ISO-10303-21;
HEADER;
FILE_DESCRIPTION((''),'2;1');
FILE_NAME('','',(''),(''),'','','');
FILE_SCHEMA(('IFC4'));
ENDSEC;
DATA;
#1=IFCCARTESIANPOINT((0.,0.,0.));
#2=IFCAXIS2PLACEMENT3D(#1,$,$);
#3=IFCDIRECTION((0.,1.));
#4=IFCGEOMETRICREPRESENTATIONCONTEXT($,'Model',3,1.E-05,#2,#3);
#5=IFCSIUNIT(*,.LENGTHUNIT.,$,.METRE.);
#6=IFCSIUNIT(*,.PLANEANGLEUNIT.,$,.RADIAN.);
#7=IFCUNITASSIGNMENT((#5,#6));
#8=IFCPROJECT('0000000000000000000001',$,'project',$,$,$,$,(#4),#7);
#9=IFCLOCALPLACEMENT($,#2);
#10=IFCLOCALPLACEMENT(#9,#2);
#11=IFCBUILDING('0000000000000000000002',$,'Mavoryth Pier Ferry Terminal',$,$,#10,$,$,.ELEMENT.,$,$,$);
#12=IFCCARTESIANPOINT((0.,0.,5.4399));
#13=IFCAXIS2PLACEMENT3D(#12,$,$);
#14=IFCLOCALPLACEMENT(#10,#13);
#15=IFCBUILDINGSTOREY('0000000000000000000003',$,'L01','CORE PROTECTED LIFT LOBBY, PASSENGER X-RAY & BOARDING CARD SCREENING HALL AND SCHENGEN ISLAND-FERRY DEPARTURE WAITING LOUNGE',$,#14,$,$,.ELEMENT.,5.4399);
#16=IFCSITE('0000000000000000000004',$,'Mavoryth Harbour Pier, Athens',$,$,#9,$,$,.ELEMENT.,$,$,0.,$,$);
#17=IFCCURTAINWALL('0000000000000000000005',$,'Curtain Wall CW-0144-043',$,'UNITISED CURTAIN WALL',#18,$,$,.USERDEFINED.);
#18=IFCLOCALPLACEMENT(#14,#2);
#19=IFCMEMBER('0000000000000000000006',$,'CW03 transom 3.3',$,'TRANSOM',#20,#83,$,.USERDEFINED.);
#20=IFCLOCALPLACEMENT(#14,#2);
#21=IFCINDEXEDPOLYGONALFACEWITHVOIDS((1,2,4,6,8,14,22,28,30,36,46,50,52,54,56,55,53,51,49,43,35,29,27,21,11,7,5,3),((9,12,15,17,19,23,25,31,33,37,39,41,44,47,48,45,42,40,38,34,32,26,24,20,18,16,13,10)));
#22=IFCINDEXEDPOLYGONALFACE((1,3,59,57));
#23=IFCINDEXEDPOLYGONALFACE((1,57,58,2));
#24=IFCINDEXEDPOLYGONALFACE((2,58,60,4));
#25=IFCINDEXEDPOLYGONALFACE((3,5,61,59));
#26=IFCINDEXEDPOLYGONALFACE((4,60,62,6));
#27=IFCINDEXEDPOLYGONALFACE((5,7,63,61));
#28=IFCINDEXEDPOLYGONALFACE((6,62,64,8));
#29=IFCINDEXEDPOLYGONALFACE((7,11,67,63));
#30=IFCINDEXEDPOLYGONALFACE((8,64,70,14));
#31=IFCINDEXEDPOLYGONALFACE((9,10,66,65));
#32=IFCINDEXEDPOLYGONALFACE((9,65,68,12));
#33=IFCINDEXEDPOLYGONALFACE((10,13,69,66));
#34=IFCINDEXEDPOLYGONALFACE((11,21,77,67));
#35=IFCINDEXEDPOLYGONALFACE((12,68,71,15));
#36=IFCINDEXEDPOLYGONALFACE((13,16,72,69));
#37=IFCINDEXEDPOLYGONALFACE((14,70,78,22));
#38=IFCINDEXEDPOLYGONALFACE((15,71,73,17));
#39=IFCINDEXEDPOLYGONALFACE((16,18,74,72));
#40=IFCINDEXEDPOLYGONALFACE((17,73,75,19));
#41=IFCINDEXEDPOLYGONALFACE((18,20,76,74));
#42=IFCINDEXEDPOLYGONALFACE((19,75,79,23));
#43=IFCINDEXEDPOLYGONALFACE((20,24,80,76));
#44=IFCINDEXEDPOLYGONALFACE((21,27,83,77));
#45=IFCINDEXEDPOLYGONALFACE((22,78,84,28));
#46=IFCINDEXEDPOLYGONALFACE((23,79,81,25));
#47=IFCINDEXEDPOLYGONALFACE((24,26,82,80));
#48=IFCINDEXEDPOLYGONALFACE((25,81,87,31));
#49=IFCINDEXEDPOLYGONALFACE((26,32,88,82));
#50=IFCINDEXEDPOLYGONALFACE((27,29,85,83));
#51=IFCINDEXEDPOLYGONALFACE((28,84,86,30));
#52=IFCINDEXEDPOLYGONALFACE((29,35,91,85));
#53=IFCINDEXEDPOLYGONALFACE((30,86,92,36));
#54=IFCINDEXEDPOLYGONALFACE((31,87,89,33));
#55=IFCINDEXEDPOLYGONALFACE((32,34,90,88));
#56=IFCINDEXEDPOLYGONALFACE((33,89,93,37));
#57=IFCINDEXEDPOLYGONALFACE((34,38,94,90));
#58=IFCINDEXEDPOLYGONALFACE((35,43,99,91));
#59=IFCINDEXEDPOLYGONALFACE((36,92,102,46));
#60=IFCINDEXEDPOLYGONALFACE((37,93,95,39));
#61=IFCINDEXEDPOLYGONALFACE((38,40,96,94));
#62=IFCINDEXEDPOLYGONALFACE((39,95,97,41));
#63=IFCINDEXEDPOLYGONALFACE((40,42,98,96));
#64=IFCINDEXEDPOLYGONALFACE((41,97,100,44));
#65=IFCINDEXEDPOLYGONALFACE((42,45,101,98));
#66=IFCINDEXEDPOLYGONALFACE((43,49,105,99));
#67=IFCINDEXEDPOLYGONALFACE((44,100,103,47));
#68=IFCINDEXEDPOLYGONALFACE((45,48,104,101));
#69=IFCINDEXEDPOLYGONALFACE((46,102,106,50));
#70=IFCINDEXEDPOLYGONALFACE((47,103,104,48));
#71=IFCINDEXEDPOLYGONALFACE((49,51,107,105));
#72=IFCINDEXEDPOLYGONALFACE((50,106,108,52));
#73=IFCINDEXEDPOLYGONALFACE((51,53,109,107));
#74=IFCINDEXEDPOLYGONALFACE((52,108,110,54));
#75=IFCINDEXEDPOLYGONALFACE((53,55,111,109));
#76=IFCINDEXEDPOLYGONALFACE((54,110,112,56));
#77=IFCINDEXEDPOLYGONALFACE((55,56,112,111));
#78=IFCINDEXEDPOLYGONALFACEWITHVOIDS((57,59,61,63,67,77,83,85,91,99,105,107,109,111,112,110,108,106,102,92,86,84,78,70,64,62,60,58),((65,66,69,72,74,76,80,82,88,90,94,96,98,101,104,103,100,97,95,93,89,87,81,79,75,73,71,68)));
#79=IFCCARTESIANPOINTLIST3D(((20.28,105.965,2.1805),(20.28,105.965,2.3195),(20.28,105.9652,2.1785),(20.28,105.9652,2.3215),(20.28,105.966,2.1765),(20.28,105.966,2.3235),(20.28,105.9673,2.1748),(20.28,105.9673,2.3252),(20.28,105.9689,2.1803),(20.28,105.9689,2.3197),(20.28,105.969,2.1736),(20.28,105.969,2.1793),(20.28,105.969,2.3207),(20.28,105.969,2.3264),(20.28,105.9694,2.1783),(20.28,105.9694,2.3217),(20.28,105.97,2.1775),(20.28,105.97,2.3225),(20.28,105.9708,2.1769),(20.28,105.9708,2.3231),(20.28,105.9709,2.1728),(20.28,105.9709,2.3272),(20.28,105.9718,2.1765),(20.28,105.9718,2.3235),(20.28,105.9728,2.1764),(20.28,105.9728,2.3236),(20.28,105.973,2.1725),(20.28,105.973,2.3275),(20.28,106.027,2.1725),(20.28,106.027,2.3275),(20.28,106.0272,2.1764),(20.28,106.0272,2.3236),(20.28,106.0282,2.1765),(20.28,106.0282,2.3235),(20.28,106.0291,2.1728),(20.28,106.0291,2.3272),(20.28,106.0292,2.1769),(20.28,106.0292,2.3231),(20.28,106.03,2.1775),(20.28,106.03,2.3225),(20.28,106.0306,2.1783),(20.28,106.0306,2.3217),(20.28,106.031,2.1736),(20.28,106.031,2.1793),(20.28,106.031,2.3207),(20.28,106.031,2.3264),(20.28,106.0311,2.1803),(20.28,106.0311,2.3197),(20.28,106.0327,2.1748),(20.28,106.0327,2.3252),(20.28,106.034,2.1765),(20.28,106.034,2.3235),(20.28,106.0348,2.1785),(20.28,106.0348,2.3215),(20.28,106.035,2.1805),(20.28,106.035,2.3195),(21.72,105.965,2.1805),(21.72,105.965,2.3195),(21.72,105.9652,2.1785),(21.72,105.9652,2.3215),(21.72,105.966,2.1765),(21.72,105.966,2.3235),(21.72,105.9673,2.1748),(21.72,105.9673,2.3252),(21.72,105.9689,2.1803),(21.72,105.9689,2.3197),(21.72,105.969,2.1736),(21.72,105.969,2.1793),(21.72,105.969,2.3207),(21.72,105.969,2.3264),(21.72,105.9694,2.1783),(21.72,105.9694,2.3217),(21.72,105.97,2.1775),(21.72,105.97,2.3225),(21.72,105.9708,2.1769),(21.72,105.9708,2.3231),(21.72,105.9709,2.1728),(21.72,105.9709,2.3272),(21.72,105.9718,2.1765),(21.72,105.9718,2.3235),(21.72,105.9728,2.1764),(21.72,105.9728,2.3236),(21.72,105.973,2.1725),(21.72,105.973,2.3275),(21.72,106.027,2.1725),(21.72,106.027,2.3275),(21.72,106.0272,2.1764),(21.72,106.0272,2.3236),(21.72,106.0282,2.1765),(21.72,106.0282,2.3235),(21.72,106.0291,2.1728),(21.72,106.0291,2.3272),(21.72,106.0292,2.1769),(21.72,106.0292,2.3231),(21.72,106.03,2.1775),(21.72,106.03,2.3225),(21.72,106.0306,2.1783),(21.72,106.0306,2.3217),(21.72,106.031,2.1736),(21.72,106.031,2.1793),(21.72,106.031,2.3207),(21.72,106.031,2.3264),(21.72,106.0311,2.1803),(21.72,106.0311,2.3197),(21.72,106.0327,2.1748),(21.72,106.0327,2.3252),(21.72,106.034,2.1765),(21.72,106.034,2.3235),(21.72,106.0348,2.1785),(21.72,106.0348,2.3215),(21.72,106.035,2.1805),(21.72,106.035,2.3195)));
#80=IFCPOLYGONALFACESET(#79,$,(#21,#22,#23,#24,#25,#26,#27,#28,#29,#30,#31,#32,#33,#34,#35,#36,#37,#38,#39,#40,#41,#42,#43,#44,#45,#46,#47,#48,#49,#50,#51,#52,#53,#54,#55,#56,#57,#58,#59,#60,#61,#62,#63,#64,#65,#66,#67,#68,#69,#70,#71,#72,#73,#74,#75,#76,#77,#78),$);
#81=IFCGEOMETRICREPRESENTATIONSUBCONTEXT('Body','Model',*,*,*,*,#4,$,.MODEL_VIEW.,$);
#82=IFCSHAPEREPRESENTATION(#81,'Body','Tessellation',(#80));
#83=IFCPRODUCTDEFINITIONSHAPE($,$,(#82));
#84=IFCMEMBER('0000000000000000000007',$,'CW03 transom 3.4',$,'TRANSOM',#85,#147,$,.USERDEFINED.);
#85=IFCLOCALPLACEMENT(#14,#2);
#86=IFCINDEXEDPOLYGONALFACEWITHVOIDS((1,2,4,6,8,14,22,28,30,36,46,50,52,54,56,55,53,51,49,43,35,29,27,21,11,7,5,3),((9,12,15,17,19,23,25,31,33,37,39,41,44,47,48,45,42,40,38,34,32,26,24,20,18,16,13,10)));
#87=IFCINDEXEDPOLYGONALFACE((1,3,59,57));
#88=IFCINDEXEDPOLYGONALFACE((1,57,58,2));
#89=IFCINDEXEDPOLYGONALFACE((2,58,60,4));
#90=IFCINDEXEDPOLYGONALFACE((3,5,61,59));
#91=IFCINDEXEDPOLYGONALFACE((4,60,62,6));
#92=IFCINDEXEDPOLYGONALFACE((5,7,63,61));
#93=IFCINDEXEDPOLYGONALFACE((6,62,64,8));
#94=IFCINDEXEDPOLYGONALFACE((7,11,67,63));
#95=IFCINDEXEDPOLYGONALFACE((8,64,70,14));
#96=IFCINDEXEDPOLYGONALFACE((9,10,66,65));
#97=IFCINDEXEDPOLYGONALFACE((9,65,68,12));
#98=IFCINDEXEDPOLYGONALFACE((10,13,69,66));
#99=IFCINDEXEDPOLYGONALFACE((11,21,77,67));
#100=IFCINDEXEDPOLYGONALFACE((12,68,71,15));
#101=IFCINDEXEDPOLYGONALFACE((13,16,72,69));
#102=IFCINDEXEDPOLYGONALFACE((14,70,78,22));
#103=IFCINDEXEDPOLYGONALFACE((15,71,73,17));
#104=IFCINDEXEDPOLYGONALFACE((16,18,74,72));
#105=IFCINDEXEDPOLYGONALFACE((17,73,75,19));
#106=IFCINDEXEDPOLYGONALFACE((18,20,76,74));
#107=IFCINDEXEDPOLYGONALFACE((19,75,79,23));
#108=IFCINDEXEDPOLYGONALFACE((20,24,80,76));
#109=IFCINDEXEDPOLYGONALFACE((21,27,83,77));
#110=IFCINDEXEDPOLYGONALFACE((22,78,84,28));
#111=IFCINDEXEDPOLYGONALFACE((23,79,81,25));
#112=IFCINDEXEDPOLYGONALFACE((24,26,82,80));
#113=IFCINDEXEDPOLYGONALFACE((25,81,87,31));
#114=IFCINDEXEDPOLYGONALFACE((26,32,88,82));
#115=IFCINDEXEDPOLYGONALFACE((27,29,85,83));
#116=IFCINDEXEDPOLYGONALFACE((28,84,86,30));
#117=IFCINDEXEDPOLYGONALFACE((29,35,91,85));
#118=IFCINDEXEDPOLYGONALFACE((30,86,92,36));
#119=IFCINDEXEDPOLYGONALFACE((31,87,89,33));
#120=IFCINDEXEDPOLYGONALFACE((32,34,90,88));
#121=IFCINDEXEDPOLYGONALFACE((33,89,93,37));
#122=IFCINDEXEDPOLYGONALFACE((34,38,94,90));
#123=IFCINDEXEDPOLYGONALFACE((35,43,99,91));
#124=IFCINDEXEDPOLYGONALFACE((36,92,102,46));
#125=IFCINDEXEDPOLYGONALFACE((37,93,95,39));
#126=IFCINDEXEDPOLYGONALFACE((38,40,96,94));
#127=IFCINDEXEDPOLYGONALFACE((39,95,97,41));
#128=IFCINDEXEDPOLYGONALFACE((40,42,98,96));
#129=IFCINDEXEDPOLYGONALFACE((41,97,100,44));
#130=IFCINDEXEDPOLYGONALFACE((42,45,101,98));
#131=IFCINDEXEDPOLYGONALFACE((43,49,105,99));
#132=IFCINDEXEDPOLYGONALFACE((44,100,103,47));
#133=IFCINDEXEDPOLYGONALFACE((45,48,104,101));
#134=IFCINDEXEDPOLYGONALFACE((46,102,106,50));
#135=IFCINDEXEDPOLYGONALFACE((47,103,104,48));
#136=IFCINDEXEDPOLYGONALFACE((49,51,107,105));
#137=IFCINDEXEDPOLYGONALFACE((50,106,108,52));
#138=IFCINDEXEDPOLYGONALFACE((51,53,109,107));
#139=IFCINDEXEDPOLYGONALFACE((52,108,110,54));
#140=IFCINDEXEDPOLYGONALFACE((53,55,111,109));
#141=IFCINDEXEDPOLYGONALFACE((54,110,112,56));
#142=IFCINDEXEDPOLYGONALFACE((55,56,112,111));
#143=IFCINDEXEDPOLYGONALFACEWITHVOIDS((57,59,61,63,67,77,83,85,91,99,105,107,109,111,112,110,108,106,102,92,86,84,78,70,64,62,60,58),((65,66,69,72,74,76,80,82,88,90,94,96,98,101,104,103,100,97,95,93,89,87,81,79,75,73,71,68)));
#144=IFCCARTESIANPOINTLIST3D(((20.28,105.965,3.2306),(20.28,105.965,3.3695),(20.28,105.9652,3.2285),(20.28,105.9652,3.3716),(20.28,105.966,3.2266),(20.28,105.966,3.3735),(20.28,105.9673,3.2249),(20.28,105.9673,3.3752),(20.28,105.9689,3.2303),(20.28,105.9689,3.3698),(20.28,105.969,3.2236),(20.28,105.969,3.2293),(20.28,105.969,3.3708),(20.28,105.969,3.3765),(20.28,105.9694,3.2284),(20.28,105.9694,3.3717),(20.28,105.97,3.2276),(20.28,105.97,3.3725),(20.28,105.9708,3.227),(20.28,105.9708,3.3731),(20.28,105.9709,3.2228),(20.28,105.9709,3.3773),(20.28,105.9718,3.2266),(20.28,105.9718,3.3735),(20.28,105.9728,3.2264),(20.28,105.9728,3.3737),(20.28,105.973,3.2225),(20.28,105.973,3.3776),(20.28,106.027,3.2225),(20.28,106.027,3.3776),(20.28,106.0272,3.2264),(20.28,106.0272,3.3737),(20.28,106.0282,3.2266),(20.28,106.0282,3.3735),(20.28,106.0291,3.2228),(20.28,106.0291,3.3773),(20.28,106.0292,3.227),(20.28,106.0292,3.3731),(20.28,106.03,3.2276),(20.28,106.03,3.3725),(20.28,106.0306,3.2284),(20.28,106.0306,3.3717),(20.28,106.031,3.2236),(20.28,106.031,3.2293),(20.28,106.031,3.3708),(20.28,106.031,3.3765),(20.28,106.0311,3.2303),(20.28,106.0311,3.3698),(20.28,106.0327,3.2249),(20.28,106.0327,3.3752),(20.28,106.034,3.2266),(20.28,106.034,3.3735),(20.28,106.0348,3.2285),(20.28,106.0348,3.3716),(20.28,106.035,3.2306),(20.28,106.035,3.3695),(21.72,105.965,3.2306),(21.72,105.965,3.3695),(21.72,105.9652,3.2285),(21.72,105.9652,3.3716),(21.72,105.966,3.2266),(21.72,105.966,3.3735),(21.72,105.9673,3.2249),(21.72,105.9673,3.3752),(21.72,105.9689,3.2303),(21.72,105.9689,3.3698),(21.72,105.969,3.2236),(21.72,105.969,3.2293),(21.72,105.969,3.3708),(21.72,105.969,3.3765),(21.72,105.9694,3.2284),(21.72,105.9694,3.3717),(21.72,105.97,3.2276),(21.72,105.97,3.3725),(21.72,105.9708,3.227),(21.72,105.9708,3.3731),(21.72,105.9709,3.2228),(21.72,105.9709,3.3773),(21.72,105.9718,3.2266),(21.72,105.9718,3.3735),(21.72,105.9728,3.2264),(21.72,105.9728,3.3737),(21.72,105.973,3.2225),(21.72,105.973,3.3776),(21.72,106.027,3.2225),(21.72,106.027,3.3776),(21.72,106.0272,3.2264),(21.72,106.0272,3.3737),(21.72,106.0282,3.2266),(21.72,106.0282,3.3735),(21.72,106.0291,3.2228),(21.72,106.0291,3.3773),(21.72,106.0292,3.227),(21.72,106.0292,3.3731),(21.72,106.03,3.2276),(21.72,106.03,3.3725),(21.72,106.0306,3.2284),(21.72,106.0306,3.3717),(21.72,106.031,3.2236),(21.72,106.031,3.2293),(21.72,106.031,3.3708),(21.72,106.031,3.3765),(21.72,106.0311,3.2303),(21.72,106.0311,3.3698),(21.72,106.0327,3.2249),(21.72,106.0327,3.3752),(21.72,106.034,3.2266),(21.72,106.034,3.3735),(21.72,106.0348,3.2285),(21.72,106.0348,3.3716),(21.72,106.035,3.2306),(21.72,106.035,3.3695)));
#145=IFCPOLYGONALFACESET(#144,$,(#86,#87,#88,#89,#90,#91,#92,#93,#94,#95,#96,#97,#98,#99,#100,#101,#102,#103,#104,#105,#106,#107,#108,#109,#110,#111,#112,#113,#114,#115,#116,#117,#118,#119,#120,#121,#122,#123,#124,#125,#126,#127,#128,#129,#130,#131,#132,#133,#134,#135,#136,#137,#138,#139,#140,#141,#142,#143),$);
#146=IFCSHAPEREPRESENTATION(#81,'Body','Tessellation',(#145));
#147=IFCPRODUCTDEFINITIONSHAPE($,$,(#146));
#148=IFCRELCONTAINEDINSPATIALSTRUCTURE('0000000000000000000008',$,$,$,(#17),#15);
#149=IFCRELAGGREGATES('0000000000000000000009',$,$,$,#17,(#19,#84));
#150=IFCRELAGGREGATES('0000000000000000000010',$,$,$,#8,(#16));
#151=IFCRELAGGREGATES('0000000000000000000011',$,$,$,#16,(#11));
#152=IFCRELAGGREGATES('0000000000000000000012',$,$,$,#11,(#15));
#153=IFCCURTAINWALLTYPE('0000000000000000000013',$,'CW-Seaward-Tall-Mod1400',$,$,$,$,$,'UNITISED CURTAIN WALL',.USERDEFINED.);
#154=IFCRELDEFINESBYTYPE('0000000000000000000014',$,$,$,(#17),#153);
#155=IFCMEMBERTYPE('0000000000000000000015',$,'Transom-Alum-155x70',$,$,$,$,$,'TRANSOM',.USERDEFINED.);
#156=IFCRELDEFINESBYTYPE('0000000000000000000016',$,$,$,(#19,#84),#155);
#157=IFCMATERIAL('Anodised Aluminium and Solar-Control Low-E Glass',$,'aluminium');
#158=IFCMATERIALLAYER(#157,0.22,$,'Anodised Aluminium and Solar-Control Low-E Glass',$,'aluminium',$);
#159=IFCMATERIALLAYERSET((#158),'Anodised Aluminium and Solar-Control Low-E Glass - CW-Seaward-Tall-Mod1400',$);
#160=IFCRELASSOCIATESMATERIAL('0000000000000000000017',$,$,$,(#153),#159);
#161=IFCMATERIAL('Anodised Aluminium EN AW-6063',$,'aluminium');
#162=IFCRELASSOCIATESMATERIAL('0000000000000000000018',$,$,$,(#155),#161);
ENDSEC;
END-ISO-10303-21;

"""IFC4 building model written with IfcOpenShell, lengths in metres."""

from ifc_helpers import new_model, si_unit, direction, frame, origin, origin_2d, place, context, subcontext, project, spatial, hollow_rectangle, extrude, material, layer, layer_set, material_profile, profile_set, type_object, element, aggregate, save


model = new_model("IFC4")

# Units and contexts
model_context = context("Model", 3, precision=1e-05, world=origin(), true_north=direction((0.0, 1.0)))
body_context = subcontext(model_context, "Body", "Model", "MODEL_VIEW")
ifc_project = project(units=[si_unit("LENGTHUNIT", "METRE"), si_unit("PLANEANGLEUNIT", "RADIAN")], contexts=[model_context])

# Site, building, storey
site_placement = place(None, origin())
site = spatial("IfcSite", under=ifc_project, at=site_placement, Name="Mavoryth Harbour Pier, Athens", CompositionType="ELEMENT", RefElevation=0.0)
building_placement = place(site_placement, origin())
building = spatial("IfcBuilding", under=site, at=building_placement, Name="Mavoryth Pier Ferry Terminal", CompositionType="ELEMENT")
storey_placement = place(building_placement, frame((0.0, 0.0, 5.4399)))
storey = spatial("IfcBuildingStorey", under=building, at=storey_placement, Name="L01", Description="CORE PROTECTED LIFT LOBBY, PASSENGER X-RAY & BOARDING CARD SCREENING HALL AND SCHENGEN ISLAND-FERRY DEPARTURE WAITING LOUNGE", CompositionType="ELEMENT", Elevation=5.4399)

# Curtain wall
ifc_material_1 = material(Name="Anodised Aluminium and Solar-Control Low-E Glass", Category="aluminium")
ifc_layer_1 = layer(ifc_material_1, 0.22, Name="Anodised Aluminium and Solar-Control Low-E Glass", Category="aluminium")
ifc_layer_set_1 = layer_set([ifc_layer_1], Name="Anodised Aluminium and Solar-Control Low-E Glass - CW-Seaward-Tall-Mod1400")
curtain_wall_type = type_object("IfcCurtainWallType", Name="CW-Seaward-Tall-Mod1400", ElementType="UNITISED CURTAIN WALL", PredefinedType="USERDEFINED", material=ifc_layer_set_1)
curtain_wall_placement = place(storey_placement, origin())
curtain_wall = element("IfcCurtainWall", 1, at=curtain_wall_placement, inside=storey, type_object=curtain_wall_type, Name="Curtain Wall CW-0144-043", ObjectType="UNITISED CURTAIN WALL", PredefinedType="USERDEFINED")
ifc_material_2 = material(Name="Anodised Aluminium EN AW-6063", Category="aluminium")

# Members
ifc_material_profile_1 = material_profile(ifc_material_2, hollow_rectangle(XDim=0.0701, YDim=0.155, WallThickness=0.0039, InnerFilletRadius=0.0039, OuterFilletRadius=0.0081, at=origin_2d()), Name="AL-TRAN 155x70x4", Category="aluminium")
ifc_profile_set_1 = profile_set([ifc_material_profile_1], Name="Anodised Aluminium EN AW-6063 - AL-TRAN 155x70x4")
member_type_1 = type_object("IfcMemberType", Name="Transom-Alum-155x70", ElementType="TRANSOM", PredefinedType="USERDEFINED", material=ifc_profile_set_1)
member_1_placement = place(storey_placement, frame((21.72, 106.0, 2.25), z_axis=(-1.0, 0.0, 0.0), x_axis=(0.0, -1.0, 0.0)))
member_1 = element("IfcMember", 2, at=member_1_placement, type_object=member_type_1, Name="CW03 transom 3.3", ObjectType="TRANSOM", PredefinedType="USERDEFINED", context=body_context, shape_type="SweptSolid", body=[
    extrude(hollow_rectangle(XDim=0.0701, YDim=0.155, WallThickness=0.0039, InnerFilletRadius=0.0039, OuterFilletRadius=0.0081, at=origin_2d()), origin(), (0.0, 0.0, 1.0), 1.4399),
])
member_2_placement = place(storey_placement, frame((21.72, 106.0, 3.3), z_axis=(-1.0, 0.0, 0.0), x_axis=(0.0, -1.0, 0.0)))
member_2 = element("IfcMember", 3, at=member_2_placement, type_object=member_type_1, Name="CW03 transom 3.4", ObjectType="TRANSOM", PredefinedType="USERDEFINED", context=body_context, shape_type="SweptSolid", body=[
    extrude(hollow_rectangle(XDim=0.0701, YDim=0.155, WallThickness=0.0039, InnerFilletRadius=0.0039, OuterFilletRadius=0.0081, at=origin_2d()), origin(), (0.0, 0.0, 1.0), 1.4399),
])

aggregate(curtain_wall, [member_1, member_2])

save(model, "model.ifc")
